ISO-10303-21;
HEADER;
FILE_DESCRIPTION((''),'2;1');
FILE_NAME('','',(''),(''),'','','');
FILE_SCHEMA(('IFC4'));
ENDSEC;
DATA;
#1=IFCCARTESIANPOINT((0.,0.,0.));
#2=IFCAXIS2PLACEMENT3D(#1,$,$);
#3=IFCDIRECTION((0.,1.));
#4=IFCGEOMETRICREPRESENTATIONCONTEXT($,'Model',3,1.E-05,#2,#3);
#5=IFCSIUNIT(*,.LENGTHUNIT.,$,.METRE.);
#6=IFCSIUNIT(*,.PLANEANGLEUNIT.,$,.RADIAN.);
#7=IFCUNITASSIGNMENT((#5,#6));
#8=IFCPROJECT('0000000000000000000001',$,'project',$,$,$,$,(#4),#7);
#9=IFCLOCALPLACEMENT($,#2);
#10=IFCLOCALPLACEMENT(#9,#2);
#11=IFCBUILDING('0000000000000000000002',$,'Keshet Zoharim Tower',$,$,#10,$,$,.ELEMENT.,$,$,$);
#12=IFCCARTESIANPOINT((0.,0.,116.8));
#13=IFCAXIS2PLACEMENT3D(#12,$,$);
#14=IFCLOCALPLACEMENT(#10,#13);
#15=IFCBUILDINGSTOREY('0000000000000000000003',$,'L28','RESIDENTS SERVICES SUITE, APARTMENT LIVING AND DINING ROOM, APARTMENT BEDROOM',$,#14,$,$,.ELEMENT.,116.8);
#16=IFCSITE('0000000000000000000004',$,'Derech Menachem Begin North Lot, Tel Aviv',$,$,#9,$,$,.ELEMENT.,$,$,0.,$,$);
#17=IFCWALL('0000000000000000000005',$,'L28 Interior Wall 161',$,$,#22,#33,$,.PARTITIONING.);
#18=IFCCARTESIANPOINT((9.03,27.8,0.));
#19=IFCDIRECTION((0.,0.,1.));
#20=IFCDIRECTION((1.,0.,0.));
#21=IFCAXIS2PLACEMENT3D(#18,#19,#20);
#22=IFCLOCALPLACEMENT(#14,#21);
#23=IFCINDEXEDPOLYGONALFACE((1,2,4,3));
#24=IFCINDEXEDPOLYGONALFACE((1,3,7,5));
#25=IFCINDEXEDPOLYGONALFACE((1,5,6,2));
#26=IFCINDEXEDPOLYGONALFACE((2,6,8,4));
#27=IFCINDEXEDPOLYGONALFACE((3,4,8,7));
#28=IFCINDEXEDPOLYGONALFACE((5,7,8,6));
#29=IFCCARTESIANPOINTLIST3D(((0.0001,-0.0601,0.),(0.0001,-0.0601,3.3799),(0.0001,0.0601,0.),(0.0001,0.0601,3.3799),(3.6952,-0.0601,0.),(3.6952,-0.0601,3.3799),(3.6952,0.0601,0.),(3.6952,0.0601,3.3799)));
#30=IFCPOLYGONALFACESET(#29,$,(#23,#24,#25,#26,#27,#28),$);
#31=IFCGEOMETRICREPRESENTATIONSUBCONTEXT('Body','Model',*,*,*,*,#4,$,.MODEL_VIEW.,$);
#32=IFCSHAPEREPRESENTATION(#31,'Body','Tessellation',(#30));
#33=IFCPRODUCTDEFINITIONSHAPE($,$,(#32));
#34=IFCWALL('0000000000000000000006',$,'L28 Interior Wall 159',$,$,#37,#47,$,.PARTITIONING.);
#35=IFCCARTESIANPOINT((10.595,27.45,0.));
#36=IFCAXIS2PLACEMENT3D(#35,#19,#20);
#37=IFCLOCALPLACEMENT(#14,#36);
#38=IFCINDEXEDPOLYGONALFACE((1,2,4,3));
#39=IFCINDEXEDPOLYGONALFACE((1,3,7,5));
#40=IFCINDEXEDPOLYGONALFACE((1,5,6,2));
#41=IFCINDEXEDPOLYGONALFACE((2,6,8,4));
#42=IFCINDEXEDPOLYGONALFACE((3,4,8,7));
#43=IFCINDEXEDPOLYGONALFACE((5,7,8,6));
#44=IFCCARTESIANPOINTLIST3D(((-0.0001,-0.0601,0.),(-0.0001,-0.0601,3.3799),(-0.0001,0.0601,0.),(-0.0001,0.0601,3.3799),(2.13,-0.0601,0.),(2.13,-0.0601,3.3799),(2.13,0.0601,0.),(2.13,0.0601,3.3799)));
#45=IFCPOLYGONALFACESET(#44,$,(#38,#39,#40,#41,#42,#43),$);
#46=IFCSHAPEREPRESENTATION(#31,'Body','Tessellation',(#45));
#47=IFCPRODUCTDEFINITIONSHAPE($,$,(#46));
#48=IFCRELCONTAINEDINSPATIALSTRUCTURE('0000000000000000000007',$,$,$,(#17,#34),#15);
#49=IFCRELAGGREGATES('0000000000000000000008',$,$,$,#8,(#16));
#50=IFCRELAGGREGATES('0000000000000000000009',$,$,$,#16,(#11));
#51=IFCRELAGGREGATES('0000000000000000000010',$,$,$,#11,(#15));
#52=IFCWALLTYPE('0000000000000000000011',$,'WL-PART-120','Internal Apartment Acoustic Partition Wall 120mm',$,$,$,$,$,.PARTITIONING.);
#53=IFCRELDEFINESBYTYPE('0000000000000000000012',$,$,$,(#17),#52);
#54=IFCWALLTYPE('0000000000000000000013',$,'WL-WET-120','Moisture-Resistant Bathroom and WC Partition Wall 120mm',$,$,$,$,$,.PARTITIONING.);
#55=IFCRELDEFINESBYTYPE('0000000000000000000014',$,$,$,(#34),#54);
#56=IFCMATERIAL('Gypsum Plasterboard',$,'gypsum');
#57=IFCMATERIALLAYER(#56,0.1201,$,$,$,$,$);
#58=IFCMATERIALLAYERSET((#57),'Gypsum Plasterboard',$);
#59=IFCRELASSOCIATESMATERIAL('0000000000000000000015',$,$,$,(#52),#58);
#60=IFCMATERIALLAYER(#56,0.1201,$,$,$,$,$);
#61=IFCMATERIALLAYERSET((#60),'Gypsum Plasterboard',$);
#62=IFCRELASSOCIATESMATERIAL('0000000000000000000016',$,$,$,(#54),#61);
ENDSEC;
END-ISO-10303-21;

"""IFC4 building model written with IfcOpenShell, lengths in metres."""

from ifc_helpers import new_model, si_unit, direction, frame, frame_2d, origin, place, context, subcontext, project, spatial, rectangle, extrude, material, layer, layer_set, type_object, element, save


model = new_model("IFC4")

# Units and contexts
model_context = context("Model", 3, precision=1e-05, world=origin(), true_north=direction((0.0, 1.0)))
body_context = subcontext(model_context, "Body", "Model", "MODEL_VIEW")
ifc_project = project(units=[si_unit("LENGTHUNIT", "METRE"), si_unit("PLANEANGLEUNIT", "RADIAN")], contexts=[model_context])

# Site, building, storey
site_placement = place(None, origin())
site = spatial("IfcSite", under=ifc_project, at=site_placement, Name="Derech Menachem Begin North Lot, Tel Aviv", CompositionType="ELEMENT", RefElevation=0.0)
building_placement = place(site_placement, origin())
building = spatial("IfcBuilding", under=site, at=building_placement, Name="Keshet Zoharim Tower", CompositionType="ELEMENT")
storey_placement = place(building_placement, frame((0.0, 0.0, 116.8)))
storey = spatial("IfcBuildingStorey", under=building, at=storey_placement, Name="L28", Description="RESIDENTS SERVICES SUITE, APARTMENT LIVING AND DINING ROOM, APARTMENT BEDROOM", CompositionType="ELEMENT", Elevation=116.8)

# Shared definitions
ifc_material_1 = material(Name="Gypsum Plasterboard", Category="gypsum")

# Wall
ifc_layer_1 = layer(ifc_material_1, 0.1201)
ifc_layer_set_1 = layer_set([ifc_layer_1], Name="Gypsum Plasterboard")
wall_type_1 = type_object("IfcWallType", Name="WL-PART-120", Description="Internal Apartment Acoustic Partition Wall 120mm", PredefinedType="PARTITIONING", material=ifc_layer_set_1)
wall_1_placement = place(storey_placement, frame((9.03, 27.8, 0.0), z_axis=(0.0, 0.0, 1.0), x_axis=(1.0, 0.0, 0.0)))
element("IfcWall", 1, at=wall_1_placement, inside=storey, type_object=wall_type_1, Name="L28 Interior Wall 161", PredefinedType="PARTITIONING", context=body_context, shape_type="SweptSolid", body=[
    extrude(rectangle(XDim=3.6951, YDim=0.1201, at=frame_2d((1.8477, 0.0))), origin(), (0.0, 0.0, 1.0), 3.3799),
])

# Wall
ifc_layer_2 = layer(ifc_material_1, 0.1201)
ifc_layer_set_2 = layer_set([ifc_layer_2], Name="Gypsum Plasterboard")
wall_type_2 = type_object("IfcWallType", Name="WL-WET-120", Description="Moisture-Resistant Bathroom and WC Partition Wall 120mm", PredefinedType="PARTITIONING", material=ifc_layer_set_2)
wall_2_placement = place(storey_placement, frame((10.595, 27.45, 0.0), z_axis=(0.0, 0.0, 1.0), x_axis=(1.0, 0.0, 0.0)))
element("IfcWall", 2, at=wall_2_placement, inside=storey, type_object=wall_type_2, Name="L28 Interior Wall 159", PredefinedType="PARTITIONING", context=body_context, shape_type="SweptSolid", body=[
    extrude(rectangle(XDim=2.1301, YDim=0.1201, at=frame_2d((1.0649, 0.0))), origin(), (0.0, 0.0, 1.0), 3.3799),
])

save(model, "model.ifc")
